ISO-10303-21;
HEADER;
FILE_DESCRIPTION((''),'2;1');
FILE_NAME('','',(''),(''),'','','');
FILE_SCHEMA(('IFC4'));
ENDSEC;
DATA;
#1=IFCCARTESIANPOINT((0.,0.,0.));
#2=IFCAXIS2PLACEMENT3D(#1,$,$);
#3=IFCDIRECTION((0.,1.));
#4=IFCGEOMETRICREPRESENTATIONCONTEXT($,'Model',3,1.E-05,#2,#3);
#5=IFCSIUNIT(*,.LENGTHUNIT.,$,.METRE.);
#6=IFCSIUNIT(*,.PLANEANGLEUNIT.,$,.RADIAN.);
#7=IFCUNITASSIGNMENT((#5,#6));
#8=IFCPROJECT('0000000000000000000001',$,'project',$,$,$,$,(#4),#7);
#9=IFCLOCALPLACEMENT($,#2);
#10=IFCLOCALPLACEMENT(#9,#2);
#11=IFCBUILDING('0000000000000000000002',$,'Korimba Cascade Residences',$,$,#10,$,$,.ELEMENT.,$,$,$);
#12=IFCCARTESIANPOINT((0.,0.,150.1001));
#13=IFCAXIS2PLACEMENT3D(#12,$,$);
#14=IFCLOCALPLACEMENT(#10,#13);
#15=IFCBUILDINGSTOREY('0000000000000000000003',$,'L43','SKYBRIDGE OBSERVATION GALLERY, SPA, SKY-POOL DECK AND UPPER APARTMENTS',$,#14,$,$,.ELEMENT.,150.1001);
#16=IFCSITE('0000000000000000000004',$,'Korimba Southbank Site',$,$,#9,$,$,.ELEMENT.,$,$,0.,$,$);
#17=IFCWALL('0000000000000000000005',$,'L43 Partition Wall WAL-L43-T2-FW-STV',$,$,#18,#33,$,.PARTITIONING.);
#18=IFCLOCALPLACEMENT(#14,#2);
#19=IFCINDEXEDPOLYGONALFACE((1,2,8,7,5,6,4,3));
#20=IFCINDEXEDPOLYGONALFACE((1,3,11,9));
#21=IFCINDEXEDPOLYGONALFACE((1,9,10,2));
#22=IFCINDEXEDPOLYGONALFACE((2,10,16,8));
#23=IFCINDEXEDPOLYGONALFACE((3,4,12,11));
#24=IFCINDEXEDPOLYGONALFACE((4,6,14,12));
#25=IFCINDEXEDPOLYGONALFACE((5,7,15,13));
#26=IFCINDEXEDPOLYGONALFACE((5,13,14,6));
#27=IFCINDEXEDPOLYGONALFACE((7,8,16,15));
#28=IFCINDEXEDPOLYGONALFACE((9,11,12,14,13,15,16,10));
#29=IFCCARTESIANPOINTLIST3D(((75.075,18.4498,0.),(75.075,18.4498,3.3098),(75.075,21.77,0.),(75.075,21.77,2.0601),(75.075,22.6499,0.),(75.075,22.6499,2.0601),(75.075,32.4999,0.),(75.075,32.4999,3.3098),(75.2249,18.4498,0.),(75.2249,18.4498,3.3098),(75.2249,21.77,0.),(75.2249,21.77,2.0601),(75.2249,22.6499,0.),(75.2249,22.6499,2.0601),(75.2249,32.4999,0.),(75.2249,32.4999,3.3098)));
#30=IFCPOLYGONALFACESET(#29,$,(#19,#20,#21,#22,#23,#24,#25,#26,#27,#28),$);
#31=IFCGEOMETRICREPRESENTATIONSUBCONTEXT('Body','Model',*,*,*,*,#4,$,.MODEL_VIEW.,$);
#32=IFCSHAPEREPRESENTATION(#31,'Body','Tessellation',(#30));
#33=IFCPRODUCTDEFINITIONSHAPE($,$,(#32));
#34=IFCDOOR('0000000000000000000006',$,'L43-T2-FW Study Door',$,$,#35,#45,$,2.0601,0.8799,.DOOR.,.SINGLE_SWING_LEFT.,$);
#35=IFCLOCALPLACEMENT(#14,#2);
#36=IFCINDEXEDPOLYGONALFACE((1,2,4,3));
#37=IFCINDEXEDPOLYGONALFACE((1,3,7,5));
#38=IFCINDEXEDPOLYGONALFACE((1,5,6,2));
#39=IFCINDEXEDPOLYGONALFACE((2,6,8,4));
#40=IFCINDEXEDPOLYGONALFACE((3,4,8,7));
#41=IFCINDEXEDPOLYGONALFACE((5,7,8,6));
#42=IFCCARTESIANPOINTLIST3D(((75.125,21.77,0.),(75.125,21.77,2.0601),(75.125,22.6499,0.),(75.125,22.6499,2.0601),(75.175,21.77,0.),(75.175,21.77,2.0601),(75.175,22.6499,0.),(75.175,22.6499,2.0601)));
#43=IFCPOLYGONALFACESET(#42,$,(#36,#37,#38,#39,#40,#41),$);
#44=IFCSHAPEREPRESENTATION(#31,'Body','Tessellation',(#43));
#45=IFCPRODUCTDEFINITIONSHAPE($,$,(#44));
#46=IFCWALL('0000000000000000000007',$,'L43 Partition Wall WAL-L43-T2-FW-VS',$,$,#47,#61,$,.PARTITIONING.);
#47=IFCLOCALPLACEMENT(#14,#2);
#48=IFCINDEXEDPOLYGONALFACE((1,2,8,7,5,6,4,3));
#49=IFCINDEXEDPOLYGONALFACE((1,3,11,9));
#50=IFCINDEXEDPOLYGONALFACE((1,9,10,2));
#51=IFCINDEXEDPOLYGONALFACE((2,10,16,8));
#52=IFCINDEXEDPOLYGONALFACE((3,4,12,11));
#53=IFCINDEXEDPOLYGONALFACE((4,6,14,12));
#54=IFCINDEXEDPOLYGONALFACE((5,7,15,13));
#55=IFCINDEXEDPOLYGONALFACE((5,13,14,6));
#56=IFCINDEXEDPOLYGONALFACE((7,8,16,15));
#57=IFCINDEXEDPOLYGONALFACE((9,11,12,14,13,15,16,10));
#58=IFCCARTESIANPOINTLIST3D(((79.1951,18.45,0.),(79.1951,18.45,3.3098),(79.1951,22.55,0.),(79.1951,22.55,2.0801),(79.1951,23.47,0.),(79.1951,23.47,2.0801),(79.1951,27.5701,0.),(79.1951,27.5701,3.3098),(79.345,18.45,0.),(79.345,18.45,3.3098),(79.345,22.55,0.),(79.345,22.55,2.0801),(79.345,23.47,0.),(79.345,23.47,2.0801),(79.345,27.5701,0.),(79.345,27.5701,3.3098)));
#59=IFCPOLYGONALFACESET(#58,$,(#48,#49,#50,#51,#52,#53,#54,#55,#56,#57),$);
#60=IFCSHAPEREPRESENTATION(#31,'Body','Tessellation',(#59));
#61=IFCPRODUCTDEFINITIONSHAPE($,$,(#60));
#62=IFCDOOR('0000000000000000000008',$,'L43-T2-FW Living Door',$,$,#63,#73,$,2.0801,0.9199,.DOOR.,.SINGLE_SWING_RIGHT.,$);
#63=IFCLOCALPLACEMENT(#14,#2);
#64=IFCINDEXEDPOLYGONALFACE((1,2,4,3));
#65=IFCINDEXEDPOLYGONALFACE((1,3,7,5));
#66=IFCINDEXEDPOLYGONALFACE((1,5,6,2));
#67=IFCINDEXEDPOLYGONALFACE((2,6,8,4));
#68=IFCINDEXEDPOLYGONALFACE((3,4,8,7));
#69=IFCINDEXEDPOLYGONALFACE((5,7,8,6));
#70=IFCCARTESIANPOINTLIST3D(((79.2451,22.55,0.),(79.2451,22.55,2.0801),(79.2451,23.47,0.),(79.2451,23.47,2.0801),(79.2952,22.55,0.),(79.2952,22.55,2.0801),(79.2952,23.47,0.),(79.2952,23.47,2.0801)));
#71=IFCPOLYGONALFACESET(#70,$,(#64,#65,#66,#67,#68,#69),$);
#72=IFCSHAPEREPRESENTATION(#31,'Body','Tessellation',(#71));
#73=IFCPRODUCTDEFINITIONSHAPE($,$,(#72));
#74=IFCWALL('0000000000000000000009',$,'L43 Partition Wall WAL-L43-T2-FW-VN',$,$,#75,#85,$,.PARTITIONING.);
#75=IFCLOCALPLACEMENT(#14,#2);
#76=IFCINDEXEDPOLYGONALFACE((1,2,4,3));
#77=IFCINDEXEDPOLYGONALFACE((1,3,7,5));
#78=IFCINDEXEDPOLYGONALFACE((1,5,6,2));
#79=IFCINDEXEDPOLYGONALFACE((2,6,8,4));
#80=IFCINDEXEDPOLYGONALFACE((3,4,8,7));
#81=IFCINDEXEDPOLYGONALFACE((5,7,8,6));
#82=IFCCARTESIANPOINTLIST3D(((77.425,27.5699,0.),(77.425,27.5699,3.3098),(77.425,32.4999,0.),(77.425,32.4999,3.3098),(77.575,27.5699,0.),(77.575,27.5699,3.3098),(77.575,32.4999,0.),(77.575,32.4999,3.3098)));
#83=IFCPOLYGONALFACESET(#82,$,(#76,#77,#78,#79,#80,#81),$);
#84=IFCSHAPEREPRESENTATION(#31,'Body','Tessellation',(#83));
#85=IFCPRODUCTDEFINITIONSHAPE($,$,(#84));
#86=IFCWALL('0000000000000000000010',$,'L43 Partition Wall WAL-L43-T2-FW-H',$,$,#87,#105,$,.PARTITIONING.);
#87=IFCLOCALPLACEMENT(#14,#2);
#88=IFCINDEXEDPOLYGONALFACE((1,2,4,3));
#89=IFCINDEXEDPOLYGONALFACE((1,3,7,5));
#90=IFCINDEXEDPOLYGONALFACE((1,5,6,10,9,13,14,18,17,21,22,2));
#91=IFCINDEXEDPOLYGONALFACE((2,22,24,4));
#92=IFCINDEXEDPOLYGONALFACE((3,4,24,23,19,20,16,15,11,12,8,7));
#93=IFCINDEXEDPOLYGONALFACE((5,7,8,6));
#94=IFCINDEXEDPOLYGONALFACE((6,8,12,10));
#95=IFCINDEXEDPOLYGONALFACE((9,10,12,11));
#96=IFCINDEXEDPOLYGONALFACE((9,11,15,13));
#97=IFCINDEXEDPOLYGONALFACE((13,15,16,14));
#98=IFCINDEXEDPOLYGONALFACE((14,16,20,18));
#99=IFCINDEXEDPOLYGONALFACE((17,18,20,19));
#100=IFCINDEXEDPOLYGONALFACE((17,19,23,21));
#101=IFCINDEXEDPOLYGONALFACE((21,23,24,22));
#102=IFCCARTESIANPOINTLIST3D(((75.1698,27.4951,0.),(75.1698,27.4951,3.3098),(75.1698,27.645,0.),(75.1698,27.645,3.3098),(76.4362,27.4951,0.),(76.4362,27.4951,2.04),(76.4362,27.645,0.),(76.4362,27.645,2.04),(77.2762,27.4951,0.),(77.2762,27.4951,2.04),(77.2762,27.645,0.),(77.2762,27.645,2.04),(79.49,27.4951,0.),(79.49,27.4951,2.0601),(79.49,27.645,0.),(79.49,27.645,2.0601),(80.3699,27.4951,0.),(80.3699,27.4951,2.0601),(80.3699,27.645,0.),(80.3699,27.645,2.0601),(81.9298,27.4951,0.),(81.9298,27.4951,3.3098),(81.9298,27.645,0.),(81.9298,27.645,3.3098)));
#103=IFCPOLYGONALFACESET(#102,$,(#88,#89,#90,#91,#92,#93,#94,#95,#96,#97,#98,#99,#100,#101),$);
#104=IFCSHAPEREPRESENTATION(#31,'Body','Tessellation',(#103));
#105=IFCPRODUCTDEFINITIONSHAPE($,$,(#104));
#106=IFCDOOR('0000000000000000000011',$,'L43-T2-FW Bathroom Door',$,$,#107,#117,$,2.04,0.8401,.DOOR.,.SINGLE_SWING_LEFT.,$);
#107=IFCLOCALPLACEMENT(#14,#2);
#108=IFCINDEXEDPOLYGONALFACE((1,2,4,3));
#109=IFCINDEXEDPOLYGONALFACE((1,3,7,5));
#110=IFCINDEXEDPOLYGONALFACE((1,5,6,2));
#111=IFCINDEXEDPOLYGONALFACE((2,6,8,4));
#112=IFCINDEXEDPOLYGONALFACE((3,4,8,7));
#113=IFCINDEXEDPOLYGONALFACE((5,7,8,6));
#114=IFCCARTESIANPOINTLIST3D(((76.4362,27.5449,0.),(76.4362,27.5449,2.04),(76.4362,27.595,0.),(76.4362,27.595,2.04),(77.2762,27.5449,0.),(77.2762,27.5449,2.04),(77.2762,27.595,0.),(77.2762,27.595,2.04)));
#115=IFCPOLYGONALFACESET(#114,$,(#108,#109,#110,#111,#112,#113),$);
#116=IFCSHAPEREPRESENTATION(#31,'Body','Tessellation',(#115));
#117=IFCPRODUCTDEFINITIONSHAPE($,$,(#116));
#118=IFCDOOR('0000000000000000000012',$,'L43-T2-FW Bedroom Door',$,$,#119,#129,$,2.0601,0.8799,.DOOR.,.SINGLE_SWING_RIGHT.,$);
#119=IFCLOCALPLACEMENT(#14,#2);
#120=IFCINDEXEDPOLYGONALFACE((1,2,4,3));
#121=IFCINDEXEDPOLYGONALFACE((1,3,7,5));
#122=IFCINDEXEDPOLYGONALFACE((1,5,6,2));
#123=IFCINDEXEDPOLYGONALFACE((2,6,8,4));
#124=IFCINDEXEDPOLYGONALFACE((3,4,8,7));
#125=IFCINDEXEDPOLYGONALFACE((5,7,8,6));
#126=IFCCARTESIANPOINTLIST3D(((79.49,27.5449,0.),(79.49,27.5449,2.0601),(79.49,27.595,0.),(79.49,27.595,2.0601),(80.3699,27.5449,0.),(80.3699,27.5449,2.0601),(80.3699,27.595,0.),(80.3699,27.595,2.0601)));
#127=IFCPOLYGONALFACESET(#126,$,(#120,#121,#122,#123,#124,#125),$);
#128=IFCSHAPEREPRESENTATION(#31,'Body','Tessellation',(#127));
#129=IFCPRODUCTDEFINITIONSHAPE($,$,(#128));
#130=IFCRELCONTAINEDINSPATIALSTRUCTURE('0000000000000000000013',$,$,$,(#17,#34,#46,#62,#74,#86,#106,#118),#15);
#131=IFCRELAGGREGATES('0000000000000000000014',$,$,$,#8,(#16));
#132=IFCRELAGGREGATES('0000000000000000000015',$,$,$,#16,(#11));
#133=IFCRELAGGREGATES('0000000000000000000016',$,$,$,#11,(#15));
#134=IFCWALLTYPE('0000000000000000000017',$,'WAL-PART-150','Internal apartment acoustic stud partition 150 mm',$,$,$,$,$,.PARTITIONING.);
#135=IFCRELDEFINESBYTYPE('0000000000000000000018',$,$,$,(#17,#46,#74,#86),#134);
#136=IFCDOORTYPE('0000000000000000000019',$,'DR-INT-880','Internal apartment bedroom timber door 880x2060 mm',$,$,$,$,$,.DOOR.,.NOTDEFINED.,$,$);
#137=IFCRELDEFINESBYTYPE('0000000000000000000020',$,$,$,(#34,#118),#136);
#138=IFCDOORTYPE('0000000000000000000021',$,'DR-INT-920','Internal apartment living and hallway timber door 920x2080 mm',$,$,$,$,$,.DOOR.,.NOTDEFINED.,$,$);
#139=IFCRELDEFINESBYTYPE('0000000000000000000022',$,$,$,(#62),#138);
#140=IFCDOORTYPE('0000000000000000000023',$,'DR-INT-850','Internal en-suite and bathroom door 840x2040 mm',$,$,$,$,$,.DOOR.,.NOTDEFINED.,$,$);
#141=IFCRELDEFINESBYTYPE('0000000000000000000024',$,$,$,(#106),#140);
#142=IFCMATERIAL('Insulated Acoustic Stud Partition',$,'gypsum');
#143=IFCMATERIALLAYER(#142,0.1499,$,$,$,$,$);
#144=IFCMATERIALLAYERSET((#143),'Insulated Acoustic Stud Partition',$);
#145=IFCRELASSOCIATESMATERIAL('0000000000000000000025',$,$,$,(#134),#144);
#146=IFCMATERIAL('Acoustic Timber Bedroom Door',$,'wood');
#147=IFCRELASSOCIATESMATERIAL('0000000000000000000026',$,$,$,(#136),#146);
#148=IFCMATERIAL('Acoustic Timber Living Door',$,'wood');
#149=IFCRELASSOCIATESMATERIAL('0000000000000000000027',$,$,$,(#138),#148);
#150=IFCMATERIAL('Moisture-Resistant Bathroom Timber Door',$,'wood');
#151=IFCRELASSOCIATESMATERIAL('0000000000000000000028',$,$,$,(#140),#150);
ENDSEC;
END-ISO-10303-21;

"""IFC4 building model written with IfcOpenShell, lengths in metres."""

from ifc_helpers import new_model, si_unit, direction, frame, frame_2d, origin, place, context, subcontext, project, spatial, rectangle, extrude, material, layer, layer_set, type_object, element, fill, save


model = new_model("IFC4")

# Units and contexts
model_context = context("Model", 3, precision=1e-05, world=origin(), true_north=direction((0.0, 1.0)))
body_context = subcontext(model_context, "Body", "Model", "MODEL_VIEW")
ifc_project = project(units=[si_unit("LENGTHUNIT", "METRE"), si_unit("PLANEANGLEUNIT", "RADIAN")], contexts=[model_context])

# Site, building, storey
site_placement = place(None, origin())
site = spatial("IfcSite", under=ifc_project, at=site_placement, Name="Korimba Southbank Site", CompositionType="ELEMENT", RefElevation=0.0)
building_placement = place(site_placement, origin())
building = spatial("IfcBuilding", under=site, at=building_placement, Name="Korimba Cascade Residences", CompositionType="ELEMENT")
storey_placement = place(building_placement, frame((0.0, 0.0, 150.1001)))
storey = spatial("IfcBuildingStorey", under=building, at=storey_placement, Name="L43", Description="SKYBRIDGE OBSERVATION GALLERY, SPA, SKY-POOL DECK AND UPPER APARTMENTS", CompositionType="ELEMENT", Elevation=150.1001)

# Walls, openings, doors
ifc_material_1 = material(Name="Insulated Acoustic Stud Partition", Category="gypsum")
ifc_layer_1 = layer(ifc_material_1, 0.1499)
ifc_layer_set_1 = layer_set([ifc_layer_1], Name="Insulated Acoustic Stud Partition")
wall_type_1 = type_object("IfcWallType", Name="WAL-PART-150", Description="Internal apartment acoustic stud partition 150 mm", PredefinedType="PARTITIONING", material=ifc_layer_set_1)
wall_1_placement = place(storey_placement, frame((75.1499, 18.45, 0.0), z_axis=(0.0, 0.0, 1.0), x_axis=(0.0, 1.0, 0.0)))
wall_1 = element("IfcWall", 1, at=wall_1_placement, inside=storey, type_object=wall_type_1, Name="L43 Partition Wall WAL-L43-T2-FW-STV", PredefinedType="PARTITIONING", context=body_context, shape_type="SweptSolid", body=[
    extrude(rectangle(XDim=14.05, YDim=0.1499, at=frame_2d((7.0249, 0.0))), origin(), (0.0, 0.0, 1.0), 3.3098),
])
opening_1_placement = place(wall_1_placement, frame((3.3201, 0.0, 0.0)))
opening_1 = element("IfcOpeningElement", 2, at=opening_1_placement, cuts=wall_1, PredefinedType="OPENING", context=body_context, shape_type="SweptSolid", body=[
    extrude(rectangle(XDim=0.8799, YDim=2.0601, at=frame_2d((0.4399, 1.03))), frame((0.0, 0.085, 0.0), z_axis=(0.0, -1.0, 0.0), x_axis=(1.0, 0.0, 0.0)), (0.0, 0.0, 1.0), 0.1699),
])
ifc_material_2 = material(Name="Acoustic Timber Bedroom Door", Category="wood")
door_type_1 = type_object("IfcDoorType", Name="DR-INT-880", Description="Internal apartment bedroom timber door 880x2060 mm", OperationType="NOTDEFINED", PredefinedType="DOOR", material=ifc_material_2)
door_1_placement = place(opening_1_placement, origin())
door_1 = element("IfcDoor", 3, at=door_1_placement, inside=storey, type_object=door_type_1, Name="L43-T2-FW Study Door", OperationType="SINGLE_SWING_LEFT", OverallHeight=2.0601, OverallWidth=0.8799, PredefinedType="DOOR", context=body_context, shape_type="SweptSolid", body=[
    extrude(rectangle(XDim=0.8799, YDim=2.0601, at=frame_2d((0.4399, 1.03))), frame((0.0, 0.0249, 0.0), z_axis=(0.0, -1.0, 0.0), x_axis=(1.0, 0.0, 0.0)), (0.0, 0.0, 1.0), 0.05),
])
fill(opening_1, door_1)
wall_2_placement = place(storey_placement, frame((79.27, 18.45, 0.0), z_axis=(0.0, 0.0, 1.0), x_axis=(0.0, 1.0, 0.0)))
wall_2 = element("IfcWall", 4, at=wall_2_placement, inside=storey, type_object=wall_type_1, Name="L43 Partition Wall WAL-L43-T2-FW-VS", PredefinedType="PARTITIONING", context=body_context, shape_type="SweptSolid", body=[
    extrude(rectangle(XDim=9.1201, YDim=0.1499, at=frame_2d((4.5601, 0.0))), origin(), (0.0, 0.0, 1.0), 3.3098),
])
opening_2_placement = place(wall_2_placement, frame((4.1001, 0.0, 0.0)))
opening_2 = element("IfcOpeningElement", 5, at=opening_2_placement, cuts=wall_2, PredefinedType="OPENING", context=body_context, shape_type="SweptSolid", body=[
    extrude(rectangle(XDim=0.9199, YDim=2.0801, at=frame_2d((0.46, 1.04))), frame((0.0, 0.085, 0.0), z_axis=(0.0, -1.0, 0.0), x_axis=(1.0, 0.0, 0.0)), (0.0, 0.0, 1.0), 0.1699),
])
ifc_material_3 = material(Name="Acoustic Timber Living Door", Category="wood")
door_type_2 = type_object("IfcDoorType", Name="DR-INT-920", Description="Internal apartment living and hallway timber door 920x2080 mm", OperationType="NOTDEFINED", PredefinedType="DOOR", material=ifc_material_3)
door_2_placement = place(opening_2_placement, origin())
door_2 = element("IfcDoor", 6, at=door_2_placement, inside=storey, type_object=door_type_2, Name="L43-T2-FW Living Door", OperationType="SINGLE_SWING_RIGHT", OverallHeight=2.0801, OverallWidth=0.9199, PredefinedType="DOOR", context=body_context, shape_type="SweptSolid", body=[
    extrude(rectangle(XDim=0.9199, YDim=2.0801, at=frame_2d((0.46, 1.04))), frame((0.0, 0.0249, 0.0), z_axis=(0.0, -1.0, 0.0), x_axis=(1.0, 0.0, 0.0)), (0.0, 0.0, 1.0), 0.05),
])
fill(opening_2, door_2)

# Wall
wall_3_placement = place(storey_placement, frame((77.5, 27.5701, 0.0), z_axis=(0.0, 0.0, 1.0), x_axis=(0.0, 1.0, 0.0)))
element("IfcWall", 7, at=wall_3_placement, inside=storey, type_object=wall_type_1, Name="L43 Partition Wall WAL-L43-T2-FW-VN", PredefinedType="PARTITIONING", context=body_context, shape_type="SweptSolid", body=[
    extrude(rectangle(XDim=4.9299, YDim=0.1499, at=frame_2d((2.4648, 0.0))), origin(), (0.0, 0.0, 1.0), 3.3098),
])

# Wall, openings, doors
wall_4_placement = place(storey_placement, frame((75.1699, 27.5701, 0.0), z_axis=(0.0, 0.0, 1.0), x_axis=(1.0, 0.0, 0.0)))
wall_4 = element("IfcWall", 8, at=wall_4_placement, inside=storey, type_object=wall_type_1, Name="L43 Partition Wall WAL-L43-T2-FW-H", PredefinedType="PARTITIONING", context=body_context, shape_type="SweptSolid", body=[
    extrude(rectangle(XDim=6.76, YDim=0.1499, at=frame_2d((3.3799, 0.0))), origin(), (0.0, 0.0, 1.0), 3.3098),
])
opening_3_placement = place(wall_4_placement, frame((1.2664, 0.0, 0.0)))
opening_3 = element("IfcOpeningElement", 9, at=opening_3_placement, cuts=wall_4, PredefinedType="OPENING", context=body_context, shape_type="SweptSolid", body=[
    extrude(rectangle(XDim=0.8401, YDim=2.04, at=frame_2d((0.4199, 1.02))), frame((0.0, 0.085, 0.0), z_axis=(0.0, -1.0, 0.0), x_axis=(1.0, 0.0, 0.0)), (0.0, 0.0, 1.0), 0.1699),
])
opening_4_placement = place(wall_4_placement, frame((4.3201, 0.0, 0.0)))
opening_4 = element("IfcOpeningElement", 10, at=opening_4_placement, cuts=wall_4, PredefinedType="OPENING", context=body_context, shape_type="SweptSolid", body=[
    extrude(rectangle(XDim=0.8799, YDim=2.0601, at=frame_2d((0.4399, 1.03))), frame((0.0, 0.085, 0.0), z_axis=(0.0, -1.0, 0.0), x_axis=(1.0, 0.0, 0.0)), (0.0, 0.0, 1.0), 0.1699),
])
ifc_material_4 = material(Name="Moisture-Resistant Bathroom Timber Door", Category="wood")
door_type_3 = type_object("IfcDoorType", Name="DR-INT-850", Description="Internal en-suite and bathroom door 840x2040 mm", OperationType="NOTDEFINED", PredefinedType="DOOR", material=ifc_material_4)
door_3_placement = place(opening_3_placement, origin())
door_3 = element("IfcDoor", 11, at=door_3_placement, inside=storey, type_object=door_type_3, Name="L43-T2-FW Bathroom Door", OperationType="SINGLE_SWING_LEFT", OverallHeight=2.04, OverallWidth=0.8401, PredefinedType="DOOR", context=body_context, shape_type="SweptSolid", body=[
    extrude(rectangle(XDim=0.8401, YDim=2.04, at=frame_2d((0.4199, 1.02))), frame((0.0, 0.0249, 0.0), z_axis=(0.0, -1.0, 0.0), x_axis=(1.0, 0.0, 0.0)), (0.0, 0.0, 1.0), 0.05),
])
fill(opening_3, door_3)
door_4_placement = place(opening_4_placement, origin())
door_4 = element("IfcDoor", 12, at=door_4_placement, inside=storey, type_object=door_type_1, Name="L43-T2-FW Bedroom Door", OperationType="SINGLE_SWING_RIGHT", OverallHeight=2.0601, OverallWidth=0.8799, PredefinedType="DOOR", context=body_context, shape_type="SweptSolid", body=[
    extrude(rectangle(XDim=0.8799, YDim=2.0601, at=frame_2d((0.4399, 1.03))), frame((0.0, 0.0249, 0.0), z_axis=(0.0, -1.0, 0.0), x_axis=(1.0, 0.0, 0.0)), (0.0, 0.0, 1.0), 0.05),
])
fill(opening_4, door_4)

save(model, "model.ifc")
